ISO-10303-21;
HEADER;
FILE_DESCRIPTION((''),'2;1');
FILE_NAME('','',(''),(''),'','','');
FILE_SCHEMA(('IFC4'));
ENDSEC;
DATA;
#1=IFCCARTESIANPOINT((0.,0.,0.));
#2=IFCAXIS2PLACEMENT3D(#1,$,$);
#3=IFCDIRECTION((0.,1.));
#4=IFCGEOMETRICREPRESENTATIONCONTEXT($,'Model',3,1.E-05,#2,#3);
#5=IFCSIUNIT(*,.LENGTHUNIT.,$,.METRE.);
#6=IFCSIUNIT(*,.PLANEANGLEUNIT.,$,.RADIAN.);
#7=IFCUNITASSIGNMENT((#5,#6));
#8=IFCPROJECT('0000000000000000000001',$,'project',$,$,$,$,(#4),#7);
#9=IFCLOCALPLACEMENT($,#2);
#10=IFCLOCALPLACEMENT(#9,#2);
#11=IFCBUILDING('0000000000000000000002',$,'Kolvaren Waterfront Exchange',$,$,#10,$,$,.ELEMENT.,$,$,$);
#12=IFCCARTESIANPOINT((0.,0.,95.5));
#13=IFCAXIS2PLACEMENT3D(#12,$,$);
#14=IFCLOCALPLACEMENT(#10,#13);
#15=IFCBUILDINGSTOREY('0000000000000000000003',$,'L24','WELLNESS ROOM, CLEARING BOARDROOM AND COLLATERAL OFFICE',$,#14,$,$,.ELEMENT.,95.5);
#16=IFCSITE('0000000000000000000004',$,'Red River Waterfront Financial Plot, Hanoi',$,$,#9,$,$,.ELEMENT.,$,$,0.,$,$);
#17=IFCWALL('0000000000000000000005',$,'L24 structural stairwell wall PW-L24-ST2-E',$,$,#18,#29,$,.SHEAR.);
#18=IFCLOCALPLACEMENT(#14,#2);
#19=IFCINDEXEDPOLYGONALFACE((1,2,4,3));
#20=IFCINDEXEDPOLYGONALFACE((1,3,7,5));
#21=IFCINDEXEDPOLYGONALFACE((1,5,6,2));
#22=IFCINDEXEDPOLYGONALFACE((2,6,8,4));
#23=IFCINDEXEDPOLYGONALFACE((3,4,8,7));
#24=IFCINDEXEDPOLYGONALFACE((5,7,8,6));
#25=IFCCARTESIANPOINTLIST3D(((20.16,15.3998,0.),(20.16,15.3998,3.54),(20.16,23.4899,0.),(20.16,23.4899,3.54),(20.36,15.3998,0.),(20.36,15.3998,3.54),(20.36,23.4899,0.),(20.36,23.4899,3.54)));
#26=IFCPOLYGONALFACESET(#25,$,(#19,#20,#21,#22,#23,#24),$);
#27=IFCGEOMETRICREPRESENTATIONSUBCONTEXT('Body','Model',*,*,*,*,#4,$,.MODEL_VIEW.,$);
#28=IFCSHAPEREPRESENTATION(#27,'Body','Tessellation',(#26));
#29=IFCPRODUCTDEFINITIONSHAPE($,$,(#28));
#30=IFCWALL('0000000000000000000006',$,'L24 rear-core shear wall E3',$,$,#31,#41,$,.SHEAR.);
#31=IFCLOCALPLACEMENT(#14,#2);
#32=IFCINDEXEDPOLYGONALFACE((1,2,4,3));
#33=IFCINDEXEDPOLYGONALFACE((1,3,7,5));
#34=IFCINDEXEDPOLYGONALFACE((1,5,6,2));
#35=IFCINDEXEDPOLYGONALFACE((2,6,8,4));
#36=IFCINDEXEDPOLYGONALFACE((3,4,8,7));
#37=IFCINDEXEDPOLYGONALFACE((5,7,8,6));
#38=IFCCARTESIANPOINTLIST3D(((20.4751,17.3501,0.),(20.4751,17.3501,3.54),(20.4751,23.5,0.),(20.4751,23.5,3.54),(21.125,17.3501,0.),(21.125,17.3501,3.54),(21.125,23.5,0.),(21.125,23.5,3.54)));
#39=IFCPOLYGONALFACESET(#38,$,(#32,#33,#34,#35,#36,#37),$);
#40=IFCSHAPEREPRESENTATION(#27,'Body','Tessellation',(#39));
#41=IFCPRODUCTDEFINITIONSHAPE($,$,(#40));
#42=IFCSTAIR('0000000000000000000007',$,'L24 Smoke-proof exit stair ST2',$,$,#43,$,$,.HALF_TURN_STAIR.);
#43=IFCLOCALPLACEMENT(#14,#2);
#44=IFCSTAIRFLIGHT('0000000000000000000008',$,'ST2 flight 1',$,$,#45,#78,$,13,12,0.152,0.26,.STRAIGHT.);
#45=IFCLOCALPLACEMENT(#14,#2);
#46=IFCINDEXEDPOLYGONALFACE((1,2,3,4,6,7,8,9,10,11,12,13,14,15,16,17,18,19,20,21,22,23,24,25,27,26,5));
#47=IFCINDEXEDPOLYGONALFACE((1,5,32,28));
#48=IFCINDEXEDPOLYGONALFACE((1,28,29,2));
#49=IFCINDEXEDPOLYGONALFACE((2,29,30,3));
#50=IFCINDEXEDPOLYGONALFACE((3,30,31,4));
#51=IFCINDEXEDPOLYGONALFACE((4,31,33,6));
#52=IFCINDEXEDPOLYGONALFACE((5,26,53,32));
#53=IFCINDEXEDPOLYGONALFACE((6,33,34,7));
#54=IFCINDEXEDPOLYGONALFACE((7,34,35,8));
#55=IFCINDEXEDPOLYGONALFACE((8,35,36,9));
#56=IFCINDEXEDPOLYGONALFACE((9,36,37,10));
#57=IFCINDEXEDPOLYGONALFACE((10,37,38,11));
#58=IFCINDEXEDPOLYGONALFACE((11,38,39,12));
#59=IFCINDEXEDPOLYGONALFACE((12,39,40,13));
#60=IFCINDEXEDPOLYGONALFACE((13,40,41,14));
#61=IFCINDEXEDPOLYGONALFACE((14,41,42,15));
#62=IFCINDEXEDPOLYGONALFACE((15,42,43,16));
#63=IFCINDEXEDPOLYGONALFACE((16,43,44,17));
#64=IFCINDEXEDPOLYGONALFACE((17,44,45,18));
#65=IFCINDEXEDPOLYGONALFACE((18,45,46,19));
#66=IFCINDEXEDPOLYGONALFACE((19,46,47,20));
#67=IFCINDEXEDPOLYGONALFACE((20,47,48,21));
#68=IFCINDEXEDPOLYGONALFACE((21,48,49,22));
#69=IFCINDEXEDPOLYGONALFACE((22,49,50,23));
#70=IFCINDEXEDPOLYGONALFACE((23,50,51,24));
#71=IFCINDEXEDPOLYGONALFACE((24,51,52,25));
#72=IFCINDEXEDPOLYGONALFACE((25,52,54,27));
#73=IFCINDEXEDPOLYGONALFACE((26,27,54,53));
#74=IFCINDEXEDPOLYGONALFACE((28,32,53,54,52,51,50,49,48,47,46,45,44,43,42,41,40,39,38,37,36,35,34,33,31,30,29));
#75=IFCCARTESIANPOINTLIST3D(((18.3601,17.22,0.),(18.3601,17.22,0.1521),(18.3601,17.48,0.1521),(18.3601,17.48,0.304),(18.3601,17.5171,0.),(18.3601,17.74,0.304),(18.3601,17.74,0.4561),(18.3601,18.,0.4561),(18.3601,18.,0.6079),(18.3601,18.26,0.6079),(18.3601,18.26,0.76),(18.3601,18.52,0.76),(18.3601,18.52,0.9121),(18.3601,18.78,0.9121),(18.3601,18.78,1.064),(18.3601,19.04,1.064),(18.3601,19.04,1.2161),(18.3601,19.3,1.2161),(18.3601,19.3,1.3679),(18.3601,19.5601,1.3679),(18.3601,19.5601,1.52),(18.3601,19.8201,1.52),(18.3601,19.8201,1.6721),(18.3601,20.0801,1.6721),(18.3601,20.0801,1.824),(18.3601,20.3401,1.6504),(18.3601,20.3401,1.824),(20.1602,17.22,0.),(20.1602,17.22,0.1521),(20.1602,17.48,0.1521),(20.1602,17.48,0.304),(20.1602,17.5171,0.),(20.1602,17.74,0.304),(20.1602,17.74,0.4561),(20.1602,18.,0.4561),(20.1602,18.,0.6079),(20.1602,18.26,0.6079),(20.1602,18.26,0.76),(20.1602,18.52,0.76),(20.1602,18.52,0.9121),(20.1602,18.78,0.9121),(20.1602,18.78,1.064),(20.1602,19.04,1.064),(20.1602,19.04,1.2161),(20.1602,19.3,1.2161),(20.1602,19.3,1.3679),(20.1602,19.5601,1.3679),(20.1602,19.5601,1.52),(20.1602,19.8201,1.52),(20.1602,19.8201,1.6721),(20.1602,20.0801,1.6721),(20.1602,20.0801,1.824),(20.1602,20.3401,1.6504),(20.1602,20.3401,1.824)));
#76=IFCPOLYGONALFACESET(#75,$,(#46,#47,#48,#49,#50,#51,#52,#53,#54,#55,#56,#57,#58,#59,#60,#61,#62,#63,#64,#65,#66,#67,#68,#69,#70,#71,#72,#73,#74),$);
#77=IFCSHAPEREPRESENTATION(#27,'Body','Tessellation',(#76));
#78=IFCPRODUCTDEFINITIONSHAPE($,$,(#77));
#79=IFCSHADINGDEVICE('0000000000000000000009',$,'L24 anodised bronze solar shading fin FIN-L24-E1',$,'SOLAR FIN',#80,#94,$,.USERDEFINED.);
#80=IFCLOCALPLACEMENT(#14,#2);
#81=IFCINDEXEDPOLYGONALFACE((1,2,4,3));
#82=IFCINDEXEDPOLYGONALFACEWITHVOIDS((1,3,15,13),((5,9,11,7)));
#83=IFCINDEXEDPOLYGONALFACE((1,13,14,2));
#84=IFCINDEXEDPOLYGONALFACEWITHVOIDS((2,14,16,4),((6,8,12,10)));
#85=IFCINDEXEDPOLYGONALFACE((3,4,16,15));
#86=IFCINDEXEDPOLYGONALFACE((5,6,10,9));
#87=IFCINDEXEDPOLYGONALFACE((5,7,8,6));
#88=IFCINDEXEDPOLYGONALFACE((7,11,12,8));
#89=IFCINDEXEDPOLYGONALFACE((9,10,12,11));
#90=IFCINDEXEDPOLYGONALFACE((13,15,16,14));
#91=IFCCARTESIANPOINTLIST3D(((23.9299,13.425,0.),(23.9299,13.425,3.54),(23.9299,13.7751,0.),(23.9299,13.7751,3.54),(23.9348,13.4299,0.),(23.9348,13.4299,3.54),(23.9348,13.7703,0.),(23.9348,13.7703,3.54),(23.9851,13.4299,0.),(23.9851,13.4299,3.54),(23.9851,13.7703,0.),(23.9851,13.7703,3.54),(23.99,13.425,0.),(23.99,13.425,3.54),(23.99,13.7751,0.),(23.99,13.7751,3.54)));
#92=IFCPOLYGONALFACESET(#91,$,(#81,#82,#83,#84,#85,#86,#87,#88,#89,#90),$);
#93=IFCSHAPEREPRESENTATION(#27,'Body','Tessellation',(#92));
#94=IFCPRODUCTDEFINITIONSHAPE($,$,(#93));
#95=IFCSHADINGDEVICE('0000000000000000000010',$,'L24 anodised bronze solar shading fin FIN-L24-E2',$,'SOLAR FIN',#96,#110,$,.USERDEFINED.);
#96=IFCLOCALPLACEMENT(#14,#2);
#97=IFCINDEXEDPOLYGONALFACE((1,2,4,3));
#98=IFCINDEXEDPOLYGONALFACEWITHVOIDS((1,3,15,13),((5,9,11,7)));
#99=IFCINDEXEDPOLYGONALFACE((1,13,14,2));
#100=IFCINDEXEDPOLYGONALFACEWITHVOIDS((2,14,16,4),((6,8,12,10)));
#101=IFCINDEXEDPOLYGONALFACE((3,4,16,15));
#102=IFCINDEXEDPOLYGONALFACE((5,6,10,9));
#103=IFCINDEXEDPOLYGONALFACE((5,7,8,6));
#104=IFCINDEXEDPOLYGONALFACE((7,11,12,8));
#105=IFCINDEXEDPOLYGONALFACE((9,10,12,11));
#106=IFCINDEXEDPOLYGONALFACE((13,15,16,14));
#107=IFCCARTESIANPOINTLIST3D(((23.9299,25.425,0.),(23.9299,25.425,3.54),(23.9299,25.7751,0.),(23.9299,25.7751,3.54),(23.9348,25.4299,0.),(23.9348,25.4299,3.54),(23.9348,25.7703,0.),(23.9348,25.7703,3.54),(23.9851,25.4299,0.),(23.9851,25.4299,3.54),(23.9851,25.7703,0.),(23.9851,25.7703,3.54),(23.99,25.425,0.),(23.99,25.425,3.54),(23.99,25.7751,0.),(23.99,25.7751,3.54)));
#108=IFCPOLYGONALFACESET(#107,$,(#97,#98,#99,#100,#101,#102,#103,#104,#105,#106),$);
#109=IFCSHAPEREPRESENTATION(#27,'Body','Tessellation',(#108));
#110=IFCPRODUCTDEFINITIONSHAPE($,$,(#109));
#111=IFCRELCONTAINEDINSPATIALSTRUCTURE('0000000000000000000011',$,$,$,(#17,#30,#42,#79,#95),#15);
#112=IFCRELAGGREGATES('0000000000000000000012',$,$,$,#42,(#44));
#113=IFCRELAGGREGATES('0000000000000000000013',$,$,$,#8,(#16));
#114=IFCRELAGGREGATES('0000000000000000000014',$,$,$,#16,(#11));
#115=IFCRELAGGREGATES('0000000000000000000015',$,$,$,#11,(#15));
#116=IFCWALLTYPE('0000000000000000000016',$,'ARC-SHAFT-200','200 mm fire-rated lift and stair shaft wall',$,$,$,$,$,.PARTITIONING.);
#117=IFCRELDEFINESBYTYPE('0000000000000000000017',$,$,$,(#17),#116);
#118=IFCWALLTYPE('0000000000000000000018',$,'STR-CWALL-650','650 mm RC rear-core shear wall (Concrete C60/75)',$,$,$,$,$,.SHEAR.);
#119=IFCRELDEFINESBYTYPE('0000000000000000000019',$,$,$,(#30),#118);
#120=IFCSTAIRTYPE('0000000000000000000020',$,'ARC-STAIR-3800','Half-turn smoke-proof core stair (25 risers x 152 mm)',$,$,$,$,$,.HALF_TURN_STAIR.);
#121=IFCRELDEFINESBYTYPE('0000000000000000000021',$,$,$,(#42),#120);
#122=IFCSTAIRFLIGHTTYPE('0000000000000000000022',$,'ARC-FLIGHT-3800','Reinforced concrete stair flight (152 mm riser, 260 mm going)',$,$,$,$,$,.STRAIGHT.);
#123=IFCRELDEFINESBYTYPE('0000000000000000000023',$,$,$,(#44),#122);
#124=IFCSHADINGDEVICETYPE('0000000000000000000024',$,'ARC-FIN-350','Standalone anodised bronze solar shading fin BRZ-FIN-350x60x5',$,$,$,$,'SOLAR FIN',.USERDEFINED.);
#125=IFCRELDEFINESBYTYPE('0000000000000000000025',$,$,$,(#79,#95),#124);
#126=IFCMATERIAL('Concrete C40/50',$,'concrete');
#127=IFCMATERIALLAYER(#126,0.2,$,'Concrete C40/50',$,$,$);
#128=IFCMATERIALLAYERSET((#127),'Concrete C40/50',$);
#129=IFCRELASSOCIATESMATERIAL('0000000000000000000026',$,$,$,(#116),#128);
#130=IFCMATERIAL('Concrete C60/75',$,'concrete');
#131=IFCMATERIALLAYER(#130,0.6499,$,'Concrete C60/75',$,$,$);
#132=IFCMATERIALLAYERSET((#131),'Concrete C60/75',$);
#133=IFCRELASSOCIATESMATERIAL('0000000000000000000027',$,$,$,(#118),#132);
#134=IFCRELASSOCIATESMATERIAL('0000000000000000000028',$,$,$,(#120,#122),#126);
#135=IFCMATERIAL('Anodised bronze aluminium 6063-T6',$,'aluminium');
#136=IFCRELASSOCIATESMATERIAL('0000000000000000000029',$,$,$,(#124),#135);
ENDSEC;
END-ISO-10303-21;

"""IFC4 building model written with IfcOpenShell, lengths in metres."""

from ifc_helpers import new_model, si_unit, direction, frame, frame_2d, origin, origin_2d, place, context, subcontext, project, spatial, polyline, rectangle, hollow_rectangle, outline, extrude, material, layer, layer_set, material_profile, profile_set, type_object, element, aggregate, save


model = new_model("IFC4")

# Units and contexts
model_context = context("Model", 3, precision=1e-05, world=origin(), true_north=direction((0.0, 1.0)))
body_context = subcontext(model_context, "Body", "Model", "MODEL_VIEW")
ifc_project = project(units=[si_unit("LENGTHUNIT", "METRE"), si_unit("PLANEANGLEUNIT", "RADIAN")], contexts=[model_context])

# Site, building, storey
site_placement = place(None, origin())
site = spatial("IfcSite", under=ifc_project, at=site_placement, Name="Red River Waterfront Financial Plot, Hanoi", CompositionType="ELEMENT", RefElevation=0.0)
building_placement = place(site_placement, origin())
building = spatial("IfcBuilding", under=site, at=building_placement, Name="Kolvaren Waterfront Exchange", CompositionType="ELEMENT")
storey_placement = place(building_placement, frame((0.0, 0.0, 95.5)))
storey = spatial("IfcBuildingStorey", under=building, at=storey_placement, Name="L24", Description="WELLNESS ROOM, CLEARING BOARDROOM AND COLLATERAL OFFICE", CompositionType="ELEMENT", Elevation=95.5)

# Shared definitions
ifc_material_1 = material(Name="Concrete C60/75", Category="concrete")

# Shared definitions
ifc_material_2 = material(Name="Anodised bronze aluminium 6063-T6", Category="aluminium")

# Walls
ifc_material_3 = material(Name="Concrete C40/50", Category="concrete")
ifc_layer_1 = layer(ifc_material_3, 0.2, Name="Concrete C40/50")
ifc_layer_set_1 = layer_set([ifc_layer_1], Name="Concrete C40/50")
wall_type_1 = type_object("IfcWallType", Name="ARC-SHAFT-200", Description="200 mm fire-rated lift and stair shaft wall", PredefinedType="PARTITIONING", material=ifc_layer_set_1)
wall_1_placement = place(storey_placement, frame((20.26, 15.3999, 0.0), z_axis=(0.0, 0.0, 1.0), x_axis=(0.0, 1.0, 0.0)))
element("IfcWall", 1, at=wall_1_placement, inside=storey, type_object=wall_type_1, Name="L24 structural stairwell wall PW-L24-ST2-E", PredefinedType="SHEAR", context=body_context, shape_type="SweptSolid", body=[
    extrude(rectangle(XDim=8.0901, YDim=0.2, at=frame_2d((4.0449, 0.0))), origin(), (0.0, 0.0, 1.0), 3.54),
])
ifc_layer_2 = layer(ifc_material_1, 0.6499, Name="Concrete C60/75")
ifc_layer_set_2 = layer_set([ifc_layer_2], Name="Concrete C60/75")
wall_type_2 = type_object("IfcWallType", Name="STR-CWALL-650", Description="650 mm RC rear-core shear wall (Concrete C60/75)", PredefinedType="SHEAR", material=ifc_layer_set_2)
wall_2_placement = place(storey_placement, frame((20.8, 17.3501, 0.0), z_axis=(0.0, 0.0, 1.0), x_axis=(0.0, 1.0, 0.0)))
element("IfcWall", 2, at=wall_2_placement, inside=storey, type_object=wall_type_2, Name="L24 rear-core shear wall E3", PredefinedType="SHEAR", context=body_context, shape_type="SweptSolid", body=[
    extrude(rectangle(XDim=6.1499, YDim=0.6499, at=frame_2d((3.075, 0.0))), origin(), (0.0, 0.0, 1.0), 3.54),
])

# Stair, stair flight
stair_type = type_object("IfcStairType", Name="ARC-STAIR-3800", Description="Half-turn smoke-proof core stair (25 risers x 152 mm)", PredefinedType="HALF_TURN_STAIR", material=ifc_material_3)
stair_placement = place(storey_placement, origin())
stair = element("IfcStair", 3, at=stair_placement, inside=storey, type_object=stair_type, Name="L24 Smoke-proof exit stair ST2", PredefinedType="HALF_TURN_STAIR")
stair_flight_type = type_object("IfcStairFlightType", Name="ARC-FLIGHT-3800", Description="Reinforced concrete stair flight (152 mm riser, 260 mm going)", PredefinedType="STRAIGHT", material=ifc_material_3)
stair_flight_placement = place(storey_placement, frame((19.26, 17.22, 0.0), z_axis=(0.0, 0.0, 1.0), x_axis=(0.0, 1.0, 0.0)))
stair_flight = element("IfcStairFlight", 4, at=stair_flight_placement, type_object=stair_flight_type, Name="ST2 flight 1", NumberOfRisers=13, NumberOfTreads=12, PredefinedType="STRAIGHT", RiserHeight=0.152, TreadLength=0.26, context=body_context, shape_type="SweptSolid", body=[
    extrude(outline(polyline([(0.0, 0.0), (0.0, 0.1521), (0.26, 0.1521), (0.26, 0.304), (0.52, 0.304), (0.52, 0.4561), (0.78, 0.4561), (0.78, 0.6079), (1.04, 0.6079), (1.04, 0.76), (1.3, 0.76), (1.3, 0.9121), (1.5601, 0.9121), (1.5601, 1.064), (1.8201, 1.064), (1.8201, 1.2161), (2.0801, 1.2161), (2.0801, 1.3679), (2.3401, 1.3679), (2.3401, 1.52), (2.6001, 1.52), (2.6001, 1.6721), (2.8601, 1.6721), (2.8601, 1.824), (3.1201, 1.824), (3.1201, 1.9761), (3.1201, 1.6504), (0.2971, 0.0), (0.0, 0.0)])), frame((0.0, 0.8999, 0.0), z_axis=(0.0, -1.0, 0.0), x_axis=(1.0, 0.0, 0.0)), (0.0, 0.0, 1.0), 1.8),
])
aggregate(stair, [stair_flight])

# Shading devices
ifc_material_profile_1 = material_profile(ifc_material_2, hollow_rectangle(XDim=0.0601, YDim=0.3501, WallThickness=0.0049, at=origin_2d()), Name="BRZ-FIN-350x60x5")
ifc_profile_set_1 = profile_set([ifc_material_profile_1], Name="Anodised bronze aluminium 6063-T6")
shading_device_type = type_object("IfcShadingDeviceType", Name="ARC-FIN-350", Description="Standalone anodised bronze solar shading fin BRZ-FIN-350x60x5", ElementType="SOLAR FIN", PredefinedType="USERDEFINED", material=ifc_profile_set_1)
for number, where, z_axis, x_axis, name in (
    (5, (23.96, 13.6001, 0.0), (0.0, 0.0, 1.0), (1.0, 0.0, 0.0), "L24 anodised bronze solar shading fin FIN-L24-E1"),
    (6, (23.96, 25.6001, 0.0), (0.0, 0.0, 1.0), (1.0, 0.0, 0.0), "L24 anodised bronze solar shading fin FIN-L24-E2"),
):
    element("IfcShadingDevice", number, at=place(storey_placement, frame(where, z_axis=z_axis, x_axis=x_axis)), inside=storey, type_object=shading_device_type, Name=name, ObjectType="SOLAR FIN", PredefinedType="USERDEFINED", context=body_context, shape_type="SweptSolid", body=[
        extrude(hollow_rectangle(XDim=0.0601, YDim=0.3501, WallThickness=0.0049, at=origin_2d()), origin(), (0.0, 0.0, 1.0), 3.54),
    ])

save(model, "model.ifc")
